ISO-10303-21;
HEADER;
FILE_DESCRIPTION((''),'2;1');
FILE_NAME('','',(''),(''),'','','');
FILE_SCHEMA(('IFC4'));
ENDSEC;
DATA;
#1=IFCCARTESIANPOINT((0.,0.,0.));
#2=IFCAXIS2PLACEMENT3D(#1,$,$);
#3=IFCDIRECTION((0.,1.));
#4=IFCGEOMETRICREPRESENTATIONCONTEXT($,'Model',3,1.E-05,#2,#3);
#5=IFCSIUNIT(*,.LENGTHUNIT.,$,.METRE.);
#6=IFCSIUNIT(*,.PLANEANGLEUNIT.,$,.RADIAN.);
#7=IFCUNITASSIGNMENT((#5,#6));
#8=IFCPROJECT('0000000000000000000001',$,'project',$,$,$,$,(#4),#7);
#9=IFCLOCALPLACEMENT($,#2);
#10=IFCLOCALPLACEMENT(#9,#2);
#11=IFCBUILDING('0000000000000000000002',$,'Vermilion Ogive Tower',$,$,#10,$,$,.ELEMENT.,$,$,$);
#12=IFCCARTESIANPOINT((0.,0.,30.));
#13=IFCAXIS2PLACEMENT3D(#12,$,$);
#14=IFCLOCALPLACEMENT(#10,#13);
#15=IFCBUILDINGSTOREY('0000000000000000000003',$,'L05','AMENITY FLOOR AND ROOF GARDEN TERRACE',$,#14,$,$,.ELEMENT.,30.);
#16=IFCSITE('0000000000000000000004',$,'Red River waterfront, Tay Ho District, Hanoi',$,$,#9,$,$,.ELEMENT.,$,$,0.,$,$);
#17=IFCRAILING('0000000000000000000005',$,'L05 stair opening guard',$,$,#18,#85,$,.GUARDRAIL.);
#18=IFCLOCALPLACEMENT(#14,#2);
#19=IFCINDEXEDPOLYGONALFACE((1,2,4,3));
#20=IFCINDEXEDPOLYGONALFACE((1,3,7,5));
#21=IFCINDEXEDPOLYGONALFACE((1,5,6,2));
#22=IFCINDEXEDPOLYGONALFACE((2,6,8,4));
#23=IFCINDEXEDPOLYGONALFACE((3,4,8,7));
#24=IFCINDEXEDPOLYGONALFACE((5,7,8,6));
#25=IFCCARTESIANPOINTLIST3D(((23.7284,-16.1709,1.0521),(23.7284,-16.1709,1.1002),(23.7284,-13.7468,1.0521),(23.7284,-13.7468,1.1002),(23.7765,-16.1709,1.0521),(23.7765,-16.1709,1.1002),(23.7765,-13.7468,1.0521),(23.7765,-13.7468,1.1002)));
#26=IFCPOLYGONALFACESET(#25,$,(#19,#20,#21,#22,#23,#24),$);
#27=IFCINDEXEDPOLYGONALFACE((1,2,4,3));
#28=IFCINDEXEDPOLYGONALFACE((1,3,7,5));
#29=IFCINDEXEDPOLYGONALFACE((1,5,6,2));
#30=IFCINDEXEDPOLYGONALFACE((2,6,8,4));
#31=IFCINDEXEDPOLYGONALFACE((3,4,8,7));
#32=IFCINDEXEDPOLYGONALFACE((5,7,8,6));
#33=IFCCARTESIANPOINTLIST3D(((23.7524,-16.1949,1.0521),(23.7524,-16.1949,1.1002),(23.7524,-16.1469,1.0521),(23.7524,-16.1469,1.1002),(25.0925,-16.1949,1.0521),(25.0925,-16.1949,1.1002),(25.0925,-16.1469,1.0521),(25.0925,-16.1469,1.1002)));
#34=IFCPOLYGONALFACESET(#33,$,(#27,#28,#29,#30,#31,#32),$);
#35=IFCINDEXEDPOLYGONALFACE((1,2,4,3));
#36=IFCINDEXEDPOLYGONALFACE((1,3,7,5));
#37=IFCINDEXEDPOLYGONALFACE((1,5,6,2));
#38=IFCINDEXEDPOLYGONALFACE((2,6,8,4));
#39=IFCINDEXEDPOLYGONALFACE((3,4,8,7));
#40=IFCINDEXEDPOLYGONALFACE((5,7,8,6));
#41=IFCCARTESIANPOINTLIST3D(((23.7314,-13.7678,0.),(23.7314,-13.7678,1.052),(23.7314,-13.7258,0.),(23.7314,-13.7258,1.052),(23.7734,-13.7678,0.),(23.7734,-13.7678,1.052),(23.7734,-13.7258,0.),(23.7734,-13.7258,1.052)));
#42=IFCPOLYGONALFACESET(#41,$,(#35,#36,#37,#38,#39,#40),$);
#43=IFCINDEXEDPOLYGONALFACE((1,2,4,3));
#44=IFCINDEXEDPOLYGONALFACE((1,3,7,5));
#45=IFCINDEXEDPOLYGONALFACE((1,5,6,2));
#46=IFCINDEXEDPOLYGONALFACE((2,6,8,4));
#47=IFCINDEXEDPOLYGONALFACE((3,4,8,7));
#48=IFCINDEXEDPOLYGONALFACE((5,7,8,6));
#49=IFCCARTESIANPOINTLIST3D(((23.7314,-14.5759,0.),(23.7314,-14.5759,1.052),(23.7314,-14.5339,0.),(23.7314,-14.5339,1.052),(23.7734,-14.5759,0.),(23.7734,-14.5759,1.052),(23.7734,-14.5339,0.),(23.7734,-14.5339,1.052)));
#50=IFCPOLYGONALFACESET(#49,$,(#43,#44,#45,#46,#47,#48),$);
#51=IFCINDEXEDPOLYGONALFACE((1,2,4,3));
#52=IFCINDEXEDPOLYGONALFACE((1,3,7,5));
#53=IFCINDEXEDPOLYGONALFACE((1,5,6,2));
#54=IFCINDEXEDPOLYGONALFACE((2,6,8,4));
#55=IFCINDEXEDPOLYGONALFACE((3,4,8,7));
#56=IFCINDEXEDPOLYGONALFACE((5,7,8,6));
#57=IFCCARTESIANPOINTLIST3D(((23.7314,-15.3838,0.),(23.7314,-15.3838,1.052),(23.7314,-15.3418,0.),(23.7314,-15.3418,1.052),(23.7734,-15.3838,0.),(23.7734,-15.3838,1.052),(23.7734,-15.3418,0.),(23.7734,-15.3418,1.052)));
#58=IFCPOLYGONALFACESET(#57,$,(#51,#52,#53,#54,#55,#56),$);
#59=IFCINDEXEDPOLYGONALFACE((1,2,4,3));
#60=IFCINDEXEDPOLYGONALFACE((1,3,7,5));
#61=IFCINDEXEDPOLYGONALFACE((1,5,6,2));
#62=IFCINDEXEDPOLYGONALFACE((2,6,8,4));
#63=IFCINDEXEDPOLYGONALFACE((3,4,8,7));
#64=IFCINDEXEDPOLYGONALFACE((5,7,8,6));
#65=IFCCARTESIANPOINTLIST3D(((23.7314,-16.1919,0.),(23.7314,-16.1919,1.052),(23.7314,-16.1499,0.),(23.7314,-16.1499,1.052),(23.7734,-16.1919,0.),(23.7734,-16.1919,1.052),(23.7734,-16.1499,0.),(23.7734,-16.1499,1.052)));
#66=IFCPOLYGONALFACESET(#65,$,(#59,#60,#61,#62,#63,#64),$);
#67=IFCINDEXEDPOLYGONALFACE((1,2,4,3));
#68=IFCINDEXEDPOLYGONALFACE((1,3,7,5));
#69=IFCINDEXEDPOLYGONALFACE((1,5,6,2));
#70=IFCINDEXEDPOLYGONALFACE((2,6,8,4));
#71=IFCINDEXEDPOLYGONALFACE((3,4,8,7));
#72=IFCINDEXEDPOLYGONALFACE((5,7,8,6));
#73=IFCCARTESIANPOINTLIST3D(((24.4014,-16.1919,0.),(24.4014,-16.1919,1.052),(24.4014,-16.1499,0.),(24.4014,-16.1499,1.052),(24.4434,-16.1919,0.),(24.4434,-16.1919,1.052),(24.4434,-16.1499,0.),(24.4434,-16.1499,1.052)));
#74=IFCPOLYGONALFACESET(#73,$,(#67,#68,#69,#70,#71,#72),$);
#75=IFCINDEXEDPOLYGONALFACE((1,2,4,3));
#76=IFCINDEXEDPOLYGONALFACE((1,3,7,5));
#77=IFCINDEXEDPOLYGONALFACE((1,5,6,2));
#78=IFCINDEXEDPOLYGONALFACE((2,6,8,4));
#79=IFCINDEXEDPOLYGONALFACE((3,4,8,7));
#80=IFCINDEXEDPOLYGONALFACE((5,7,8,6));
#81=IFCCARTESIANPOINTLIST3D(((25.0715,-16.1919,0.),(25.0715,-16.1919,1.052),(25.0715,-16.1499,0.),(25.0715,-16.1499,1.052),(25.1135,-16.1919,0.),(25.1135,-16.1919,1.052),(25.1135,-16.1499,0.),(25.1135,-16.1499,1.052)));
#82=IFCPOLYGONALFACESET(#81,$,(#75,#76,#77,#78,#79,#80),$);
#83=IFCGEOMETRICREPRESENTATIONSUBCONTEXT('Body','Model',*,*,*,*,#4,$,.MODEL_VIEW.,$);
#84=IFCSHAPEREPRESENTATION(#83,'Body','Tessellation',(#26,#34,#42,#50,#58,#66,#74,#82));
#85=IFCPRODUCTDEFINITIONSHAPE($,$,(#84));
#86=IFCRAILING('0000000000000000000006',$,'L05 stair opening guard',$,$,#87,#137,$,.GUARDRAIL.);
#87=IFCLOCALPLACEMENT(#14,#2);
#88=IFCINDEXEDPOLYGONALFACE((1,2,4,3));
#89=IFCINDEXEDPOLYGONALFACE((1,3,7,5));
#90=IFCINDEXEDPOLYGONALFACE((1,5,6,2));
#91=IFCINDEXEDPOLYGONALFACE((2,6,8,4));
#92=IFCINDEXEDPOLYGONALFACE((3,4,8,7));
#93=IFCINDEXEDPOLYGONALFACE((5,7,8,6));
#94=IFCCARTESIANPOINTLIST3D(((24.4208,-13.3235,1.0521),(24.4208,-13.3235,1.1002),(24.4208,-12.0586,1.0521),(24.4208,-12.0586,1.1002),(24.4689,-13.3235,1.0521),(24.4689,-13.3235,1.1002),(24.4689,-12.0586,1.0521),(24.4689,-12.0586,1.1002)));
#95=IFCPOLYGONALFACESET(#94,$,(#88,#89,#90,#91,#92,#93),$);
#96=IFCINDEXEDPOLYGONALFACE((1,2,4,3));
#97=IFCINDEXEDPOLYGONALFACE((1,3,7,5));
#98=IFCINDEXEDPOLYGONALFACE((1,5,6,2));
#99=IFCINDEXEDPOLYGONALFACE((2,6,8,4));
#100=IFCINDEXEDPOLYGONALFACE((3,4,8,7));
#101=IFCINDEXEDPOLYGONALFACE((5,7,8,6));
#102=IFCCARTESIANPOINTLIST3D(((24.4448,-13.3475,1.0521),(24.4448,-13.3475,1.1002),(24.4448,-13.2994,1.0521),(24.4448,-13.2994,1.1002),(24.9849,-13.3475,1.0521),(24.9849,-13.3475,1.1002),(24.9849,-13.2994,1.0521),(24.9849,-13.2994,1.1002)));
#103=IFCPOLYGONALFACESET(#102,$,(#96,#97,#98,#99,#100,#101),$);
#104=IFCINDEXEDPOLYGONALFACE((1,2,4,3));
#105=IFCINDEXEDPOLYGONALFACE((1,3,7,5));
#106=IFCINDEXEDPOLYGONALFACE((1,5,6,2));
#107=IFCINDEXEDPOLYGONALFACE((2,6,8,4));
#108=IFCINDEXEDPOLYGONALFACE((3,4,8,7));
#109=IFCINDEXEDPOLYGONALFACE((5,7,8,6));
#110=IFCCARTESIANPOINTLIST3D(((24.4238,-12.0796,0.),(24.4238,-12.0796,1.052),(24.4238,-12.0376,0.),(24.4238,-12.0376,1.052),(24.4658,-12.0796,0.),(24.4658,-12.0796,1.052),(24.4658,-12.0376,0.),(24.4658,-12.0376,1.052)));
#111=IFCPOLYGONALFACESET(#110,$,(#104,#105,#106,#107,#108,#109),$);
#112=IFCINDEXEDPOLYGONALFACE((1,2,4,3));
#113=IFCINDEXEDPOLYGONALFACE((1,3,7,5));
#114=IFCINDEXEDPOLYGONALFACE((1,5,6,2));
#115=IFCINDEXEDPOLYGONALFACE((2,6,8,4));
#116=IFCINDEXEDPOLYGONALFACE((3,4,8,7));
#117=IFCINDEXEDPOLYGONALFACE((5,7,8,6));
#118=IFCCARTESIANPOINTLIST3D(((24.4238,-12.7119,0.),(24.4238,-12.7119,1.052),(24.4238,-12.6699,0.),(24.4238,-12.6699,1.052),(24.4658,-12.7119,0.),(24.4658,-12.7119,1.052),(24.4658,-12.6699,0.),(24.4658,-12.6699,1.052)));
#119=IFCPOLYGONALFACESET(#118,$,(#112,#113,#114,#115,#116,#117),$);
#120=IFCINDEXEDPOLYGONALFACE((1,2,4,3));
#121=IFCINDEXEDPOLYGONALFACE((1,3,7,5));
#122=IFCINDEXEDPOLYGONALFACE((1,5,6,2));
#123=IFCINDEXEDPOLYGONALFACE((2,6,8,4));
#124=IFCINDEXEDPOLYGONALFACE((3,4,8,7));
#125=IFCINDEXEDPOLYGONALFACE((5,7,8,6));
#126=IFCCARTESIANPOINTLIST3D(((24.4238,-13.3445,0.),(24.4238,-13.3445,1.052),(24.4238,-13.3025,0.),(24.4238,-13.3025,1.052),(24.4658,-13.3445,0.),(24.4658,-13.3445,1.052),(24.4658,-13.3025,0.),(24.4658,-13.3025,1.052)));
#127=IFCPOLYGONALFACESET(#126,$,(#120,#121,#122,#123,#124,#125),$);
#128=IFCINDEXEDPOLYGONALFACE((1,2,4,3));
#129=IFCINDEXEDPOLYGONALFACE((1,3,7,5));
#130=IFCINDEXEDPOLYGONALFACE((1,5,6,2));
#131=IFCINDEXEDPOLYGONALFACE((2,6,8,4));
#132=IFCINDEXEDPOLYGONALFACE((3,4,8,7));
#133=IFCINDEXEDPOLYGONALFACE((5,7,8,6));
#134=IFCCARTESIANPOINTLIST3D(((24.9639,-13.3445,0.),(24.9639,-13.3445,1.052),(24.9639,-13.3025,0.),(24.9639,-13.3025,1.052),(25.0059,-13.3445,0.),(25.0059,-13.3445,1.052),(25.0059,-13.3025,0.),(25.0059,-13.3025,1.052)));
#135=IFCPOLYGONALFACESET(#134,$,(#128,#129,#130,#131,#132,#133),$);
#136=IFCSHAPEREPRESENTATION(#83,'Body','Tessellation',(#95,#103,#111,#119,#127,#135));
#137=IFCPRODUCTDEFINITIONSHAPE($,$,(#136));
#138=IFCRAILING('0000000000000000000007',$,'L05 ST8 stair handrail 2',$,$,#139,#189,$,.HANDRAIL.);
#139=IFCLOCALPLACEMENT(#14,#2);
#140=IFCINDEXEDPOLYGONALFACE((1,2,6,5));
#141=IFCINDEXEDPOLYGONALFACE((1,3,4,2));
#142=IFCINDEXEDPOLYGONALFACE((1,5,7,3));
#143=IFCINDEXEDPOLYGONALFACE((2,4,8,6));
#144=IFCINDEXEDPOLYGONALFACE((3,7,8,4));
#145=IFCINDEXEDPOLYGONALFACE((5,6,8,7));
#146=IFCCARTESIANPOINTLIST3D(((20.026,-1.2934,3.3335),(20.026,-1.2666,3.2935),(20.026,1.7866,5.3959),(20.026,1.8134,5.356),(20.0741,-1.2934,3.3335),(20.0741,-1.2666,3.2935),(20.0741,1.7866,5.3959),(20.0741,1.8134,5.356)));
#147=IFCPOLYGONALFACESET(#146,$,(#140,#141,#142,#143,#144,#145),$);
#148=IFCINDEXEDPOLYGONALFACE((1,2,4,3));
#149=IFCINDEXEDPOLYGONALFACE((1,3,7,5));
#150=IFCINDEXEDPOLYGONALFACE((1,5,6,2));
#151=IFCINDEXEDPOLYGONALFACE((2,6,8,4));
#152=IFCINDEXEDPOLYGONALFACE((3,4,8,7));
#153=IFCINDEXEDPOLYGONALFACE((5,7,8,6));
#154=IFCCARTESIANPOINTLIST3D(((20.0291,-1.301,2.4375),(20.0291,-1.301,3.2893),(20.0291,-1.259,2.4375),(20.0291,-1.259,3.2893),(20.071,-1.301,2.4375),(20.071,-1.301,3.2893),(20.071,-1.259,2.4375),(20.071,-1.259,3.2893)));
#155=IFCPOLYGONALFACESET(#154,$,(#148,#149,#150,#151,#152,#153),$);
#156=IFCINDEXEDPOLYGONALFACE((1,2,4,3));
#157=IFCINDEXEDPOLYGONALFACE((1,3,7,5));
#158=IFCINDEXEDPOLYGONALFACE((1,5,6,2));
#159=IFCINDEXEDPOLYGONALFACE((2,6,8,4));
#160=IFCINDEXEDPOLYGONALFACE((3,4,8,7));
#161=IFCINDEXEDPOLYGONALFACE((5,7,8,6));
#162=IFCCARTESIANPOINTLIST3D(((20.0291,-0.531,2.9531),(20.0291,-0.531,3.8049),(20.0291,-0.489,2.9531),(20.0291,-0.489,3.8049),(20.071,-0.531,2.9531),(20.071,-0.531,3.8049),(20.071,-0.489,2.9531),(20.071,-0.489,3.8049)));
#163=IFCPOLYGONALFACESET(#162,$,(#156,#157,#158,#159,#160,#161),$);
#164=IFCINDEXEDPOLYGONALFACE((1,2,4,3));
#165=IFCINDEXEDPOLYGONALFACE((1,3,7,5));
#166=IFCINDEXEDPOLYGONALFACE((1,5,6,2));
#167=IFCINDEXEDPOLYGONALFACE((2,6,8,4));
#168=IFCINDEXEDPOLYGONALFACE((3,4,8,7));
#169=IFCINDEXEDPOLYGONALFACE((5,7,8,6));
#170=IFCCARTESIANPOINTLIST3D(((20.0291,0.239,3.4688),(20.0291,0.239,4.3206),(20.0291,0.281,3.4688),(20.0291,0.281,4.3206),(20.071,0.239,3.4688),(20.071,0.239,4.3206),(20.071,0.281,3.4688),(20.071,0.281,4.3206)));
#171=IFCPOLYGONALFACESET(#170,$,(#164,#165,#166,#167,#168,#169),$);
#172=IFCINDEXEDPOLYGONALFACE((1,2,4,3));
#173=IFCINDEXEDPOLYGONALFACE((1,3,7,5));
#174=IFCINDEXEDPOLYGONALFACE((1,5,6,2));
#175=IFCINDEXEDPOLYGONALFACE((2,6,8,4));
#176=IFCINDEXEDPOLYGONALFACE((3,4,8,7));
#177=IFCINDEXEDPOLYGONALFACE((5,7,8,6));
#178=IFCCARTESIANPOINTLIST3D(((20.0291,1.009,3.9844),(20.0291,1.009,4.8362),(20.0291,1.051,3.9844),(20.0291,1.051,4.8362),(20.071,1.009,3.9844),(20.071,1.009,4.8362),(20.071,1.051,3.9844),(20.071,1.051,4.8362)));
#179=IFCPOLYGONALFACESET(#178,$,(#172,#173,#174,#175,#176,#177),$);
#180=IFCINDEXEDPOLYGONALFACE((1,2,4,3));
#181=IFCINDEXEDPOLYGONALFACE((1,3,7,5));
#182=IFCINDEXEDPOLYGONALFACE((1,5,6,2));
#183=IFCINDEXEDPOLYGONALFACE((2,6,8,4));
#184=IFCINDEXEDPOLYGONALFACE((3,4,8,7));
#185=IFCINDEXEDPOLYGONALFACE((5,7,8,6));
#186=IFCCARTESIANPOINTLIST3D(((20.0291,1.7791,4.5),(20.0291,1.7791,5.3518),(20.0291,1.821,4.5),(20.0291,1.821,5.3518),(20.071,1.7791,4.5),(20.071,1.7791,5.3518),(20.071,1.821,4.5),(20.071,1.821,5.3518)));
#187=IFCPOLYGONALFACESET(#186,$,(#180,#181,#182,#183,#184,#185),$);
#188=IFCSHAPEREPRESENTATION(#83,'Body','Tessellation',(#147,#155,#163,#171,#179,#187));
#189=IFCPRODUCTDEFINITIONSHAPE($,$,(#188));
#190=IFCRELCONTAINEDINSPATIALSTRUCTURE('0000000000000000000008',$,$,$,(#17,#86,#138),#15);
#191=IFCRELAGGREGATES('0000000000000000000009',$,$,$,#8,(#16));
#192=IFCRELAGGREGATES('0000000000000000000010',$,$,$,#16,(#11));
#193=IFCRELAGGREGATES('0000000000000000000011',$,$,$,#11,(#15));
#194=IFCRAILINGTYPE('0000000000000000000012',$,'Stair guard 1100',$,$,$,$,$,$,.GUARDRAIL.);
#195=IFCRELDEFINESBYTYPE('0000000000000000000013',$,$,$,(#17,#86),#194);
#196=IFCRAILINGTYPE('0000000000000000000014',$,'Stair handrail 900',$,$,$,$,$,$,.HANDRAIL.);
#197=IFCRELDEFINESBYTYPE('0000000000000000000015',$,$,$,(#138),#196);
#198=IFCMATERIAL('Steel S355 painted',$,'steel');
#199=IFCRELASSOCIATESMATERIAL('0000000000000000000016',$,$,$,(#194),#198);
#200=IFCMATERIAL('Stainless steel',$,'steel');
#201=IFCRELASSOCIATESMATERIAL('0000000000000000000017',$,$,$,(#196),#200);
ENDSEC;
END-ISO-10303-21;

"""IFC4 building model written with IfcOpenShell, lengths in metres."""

from ifc_helpers import new_model, si_unit, direction, frame, origin, origin_2d, place, context, subcontext, project, spatial, rectangle, extrude, material, type_object, element, save


model = new_model("IFC4")

# Units and contexts
model_context = context("Model", 3, precision=1e-05, world=origin(), true_north=direction((0.0, 1.0)))
body_context = subcontext(model_context, "Body", "Model", "MODEL_VIEW")
ifc_project = project(units=[si_unit("LENGTHUNIT", "METRE"), si_unit("PLANEANGLEUNIT", "RADIAN")], contexts=[model_context])

# Site, building, storey
site_placement = place(None, origin())
site = spatial("IfcSite", under=ifc_project, at=site_placement, Name="Red River waterfront, Tay Ho District, Hanoi", CompositionType="ELEMENT", RefElevation=0.0)
building_placement = place(site_placement, origin())
building = spatial("IfcBuilding", under=site, at=building_placement, Name="Vermilion Ogive Tower", CompositionType="ELEMENT")
storey_placement = place(building_placement, frame((0.0, 0.0, 30.0)))
storey = spatial("IfcBuildingStorey", under=building, at=storey_placement, Name="L05", Description="AMENITY FLOOR AND ROOF GARDEN TERRACE", CompositionType="ELEMENT", Elevation=30.0)

# Railings
ifc_material_1 = material(Name="Steel S355 painted", Category="steel")
railing_type_1 = type_object("IfcRailingType", Name="Stair guard 1100", PredefinedType="GUARDRAIL", material=ifc_material_1)
railing_1_placement = place(storey_placement, frame((23.7524, -13.7468, 0.0)))
element("IfcRailing", 1, at=railing_1_placement, inside=storey, type_object=railing_type_1, Name="L05 stair opening guard", PredefinedType="GUARDRAIL", context=body_context, shape_type="SweptSolid", body=[
    extrude(rectangle(XDim=0.0481, YDim=0.0481, at=origin_2d()), frame((0.0, 0.0, 1.0762), z_axis=(0.0, -1.0, 0.0), x_axis=(1.0, 0.0, 0.0)), (0.0, 0.0, 1.0), 2.4241),
    extrude(rectangle(XDim=0.0481, YDim=0.0481, at=origin_2d()), frame((0.0, -2.4241, 1.0762), z_axis=(1.0, 0.0, 0.0), x_axis=(0.0, 1.0, 0.0)), (0.0, 0.0, 1.0), 1.3401),
    extrude(rectangle(XDim=0.042, YDim=0.042, at=origin_2d()), origin(), (0.0, 0.0, 1.0), 1.052),
    extrude(rectangle(XDim=0.042, YDim=0.042, at=origin_2d()), frame((0.0, -0.8081, 0.0)), (0.0, 0.0, 1.0), 1.052),
    extrude(rectangle(XDim=0.042, YDim=0.042, at=origin_2d()), frame((0.0, -1.616, 0.0)), (0.0, 0.0, 1.0), 1.052),
    extrude(rectangle(XDim=0.042, YDim=0.042, at=origin_2d()), frame((0.0, -2.4241, 0.0)), (0.0, 0.0, 1.0), 1.052),
    extrude(rectangle(XDim=0.042, YDim=0.042, at=origin_2d()), frame((0.6699, -2.4241, 0.0)), (0.0, 0.0, 1.0), 1.052),
    extrude(rectangle(XDim=0.042, YDim=0.042, at=origin_2d()), frame((1.3401, -2.4241, 0.0)), (0.0, 0.0, 1.0), 1.052),
])
railing_2_placement = place(storey_placement, frame((24.4448, -12.0586, 0.0)))
element("IfcRailing", 2, at=railing_2_placement, inside=storey, type_object=railing_type_1, Name="L05 stair opening guard", PredefinedType="GUARDRAIL", context=body_context, shape_type="SweptSolid", body=[
    extrude(rectangle(XDim=0.0481, YDim=0.0481, at=origin_2d()), frame((0.0, 0.0, 1.0762), z_axis=(0.0, -1.0, 0.0), x_axis=(1.0, 0.0, 0.0)), (0.0, 0.0, 1.0), 1.2649),
    extrude(rectangle(XDim=0.0481, YDim=0.0481, at=origin_2d()), frame((0.0, -1.2649, 1.0762), z_axis=(1.0, 0.0, 0.0), x_axis=(0.0, 1.0, 0.0)), (0.0, 0.0, 1.0), 0.54),
    extrude(rectangle(XDim=0.042, YDim=0.042, at=origin_2d()), origin(), (0.0, 0.0, 1.0), 1.052),
    extrude(rectangle(XDim=0.042, YDim=0.042, at=origin_2d()), frame((0.0, -0.6323, 0.0)), (0.0, 0.0, 1.0), 1.052),
    extrude(rectangle(XDim=0.042, YDim=0.042, at=origin_2d()), frame((0.0, -1.2649, 0.0)), (0.0, 0.0, 1.0), 1.052),
    extrude(rectangle(XDim=0.042, YDim=0.042, at=origin_2d()), frame((0.54, -1.2649, 0.0)), (0.0, 0.0, 1.0), 1.052),
])
ifc_material_2 = material(Name="Stainless steel", Category="steel")
railing_type_2 = type_object("IfcRailingType", Name="Stair handrail 900", PredefinedType="HANDRAIL", material=ifc_material_2)
railing_3_placement = place(storey_placement, frame((20.05, -1.28, 2.4375)))
element("IfcRailing", 3, at=railing_3_placement, inside=storey, type_object=railing_type_2, Name="L05 ST8 stair handrail 2", PredefinedType="HANDRAIL", context=body_context, shape_type="SweptSolid", body=[
    extrude(rectangle(XDim=0.0481, YDim=0.0481, at=origin_2d()), frame((0.0, 0.0, 0.876), z_axis=(0.0, 0.830914, 0.556401), x_axis=(-1.0, 0.0, 0.0)), (0.0, 0.0, 1.0), 3.7068),
    extrude(rectangle(XDim=0.042, YDim=0.042, at=origin_2d()), origin(), (0.0, 0.0, 1.0), 0.8518),
    extrude(rectangle(XDim=0.042, YDim=0.042, at=origin_2d()), frame((0.0, 0.77, 0.5156)), (0.0, 0.0, 1.0), 0.8518),
    extrude(rectangle(XDim=0.042, YDim=0.042, at=origin_2d()), frame((0.0, 1.54, 1.0312)), (0.0, 0.0, 1.0), 0.8518),
    extrude(rectangle(XDim=0.042, YDim=0.042, at=origin_2d()), frame((0.0, 2.3101, 1.5469)), (0.0, 0.0, 1.0), 0.8518),
    extrude(rectangle(XDim=0.042, YDim=0.042, at=origin_2d()), frame((0.0, 3.0801, 2.0625)), (0.0, 0.0, 1.0), 0.8518),
])

save(model, "model.ifc")
